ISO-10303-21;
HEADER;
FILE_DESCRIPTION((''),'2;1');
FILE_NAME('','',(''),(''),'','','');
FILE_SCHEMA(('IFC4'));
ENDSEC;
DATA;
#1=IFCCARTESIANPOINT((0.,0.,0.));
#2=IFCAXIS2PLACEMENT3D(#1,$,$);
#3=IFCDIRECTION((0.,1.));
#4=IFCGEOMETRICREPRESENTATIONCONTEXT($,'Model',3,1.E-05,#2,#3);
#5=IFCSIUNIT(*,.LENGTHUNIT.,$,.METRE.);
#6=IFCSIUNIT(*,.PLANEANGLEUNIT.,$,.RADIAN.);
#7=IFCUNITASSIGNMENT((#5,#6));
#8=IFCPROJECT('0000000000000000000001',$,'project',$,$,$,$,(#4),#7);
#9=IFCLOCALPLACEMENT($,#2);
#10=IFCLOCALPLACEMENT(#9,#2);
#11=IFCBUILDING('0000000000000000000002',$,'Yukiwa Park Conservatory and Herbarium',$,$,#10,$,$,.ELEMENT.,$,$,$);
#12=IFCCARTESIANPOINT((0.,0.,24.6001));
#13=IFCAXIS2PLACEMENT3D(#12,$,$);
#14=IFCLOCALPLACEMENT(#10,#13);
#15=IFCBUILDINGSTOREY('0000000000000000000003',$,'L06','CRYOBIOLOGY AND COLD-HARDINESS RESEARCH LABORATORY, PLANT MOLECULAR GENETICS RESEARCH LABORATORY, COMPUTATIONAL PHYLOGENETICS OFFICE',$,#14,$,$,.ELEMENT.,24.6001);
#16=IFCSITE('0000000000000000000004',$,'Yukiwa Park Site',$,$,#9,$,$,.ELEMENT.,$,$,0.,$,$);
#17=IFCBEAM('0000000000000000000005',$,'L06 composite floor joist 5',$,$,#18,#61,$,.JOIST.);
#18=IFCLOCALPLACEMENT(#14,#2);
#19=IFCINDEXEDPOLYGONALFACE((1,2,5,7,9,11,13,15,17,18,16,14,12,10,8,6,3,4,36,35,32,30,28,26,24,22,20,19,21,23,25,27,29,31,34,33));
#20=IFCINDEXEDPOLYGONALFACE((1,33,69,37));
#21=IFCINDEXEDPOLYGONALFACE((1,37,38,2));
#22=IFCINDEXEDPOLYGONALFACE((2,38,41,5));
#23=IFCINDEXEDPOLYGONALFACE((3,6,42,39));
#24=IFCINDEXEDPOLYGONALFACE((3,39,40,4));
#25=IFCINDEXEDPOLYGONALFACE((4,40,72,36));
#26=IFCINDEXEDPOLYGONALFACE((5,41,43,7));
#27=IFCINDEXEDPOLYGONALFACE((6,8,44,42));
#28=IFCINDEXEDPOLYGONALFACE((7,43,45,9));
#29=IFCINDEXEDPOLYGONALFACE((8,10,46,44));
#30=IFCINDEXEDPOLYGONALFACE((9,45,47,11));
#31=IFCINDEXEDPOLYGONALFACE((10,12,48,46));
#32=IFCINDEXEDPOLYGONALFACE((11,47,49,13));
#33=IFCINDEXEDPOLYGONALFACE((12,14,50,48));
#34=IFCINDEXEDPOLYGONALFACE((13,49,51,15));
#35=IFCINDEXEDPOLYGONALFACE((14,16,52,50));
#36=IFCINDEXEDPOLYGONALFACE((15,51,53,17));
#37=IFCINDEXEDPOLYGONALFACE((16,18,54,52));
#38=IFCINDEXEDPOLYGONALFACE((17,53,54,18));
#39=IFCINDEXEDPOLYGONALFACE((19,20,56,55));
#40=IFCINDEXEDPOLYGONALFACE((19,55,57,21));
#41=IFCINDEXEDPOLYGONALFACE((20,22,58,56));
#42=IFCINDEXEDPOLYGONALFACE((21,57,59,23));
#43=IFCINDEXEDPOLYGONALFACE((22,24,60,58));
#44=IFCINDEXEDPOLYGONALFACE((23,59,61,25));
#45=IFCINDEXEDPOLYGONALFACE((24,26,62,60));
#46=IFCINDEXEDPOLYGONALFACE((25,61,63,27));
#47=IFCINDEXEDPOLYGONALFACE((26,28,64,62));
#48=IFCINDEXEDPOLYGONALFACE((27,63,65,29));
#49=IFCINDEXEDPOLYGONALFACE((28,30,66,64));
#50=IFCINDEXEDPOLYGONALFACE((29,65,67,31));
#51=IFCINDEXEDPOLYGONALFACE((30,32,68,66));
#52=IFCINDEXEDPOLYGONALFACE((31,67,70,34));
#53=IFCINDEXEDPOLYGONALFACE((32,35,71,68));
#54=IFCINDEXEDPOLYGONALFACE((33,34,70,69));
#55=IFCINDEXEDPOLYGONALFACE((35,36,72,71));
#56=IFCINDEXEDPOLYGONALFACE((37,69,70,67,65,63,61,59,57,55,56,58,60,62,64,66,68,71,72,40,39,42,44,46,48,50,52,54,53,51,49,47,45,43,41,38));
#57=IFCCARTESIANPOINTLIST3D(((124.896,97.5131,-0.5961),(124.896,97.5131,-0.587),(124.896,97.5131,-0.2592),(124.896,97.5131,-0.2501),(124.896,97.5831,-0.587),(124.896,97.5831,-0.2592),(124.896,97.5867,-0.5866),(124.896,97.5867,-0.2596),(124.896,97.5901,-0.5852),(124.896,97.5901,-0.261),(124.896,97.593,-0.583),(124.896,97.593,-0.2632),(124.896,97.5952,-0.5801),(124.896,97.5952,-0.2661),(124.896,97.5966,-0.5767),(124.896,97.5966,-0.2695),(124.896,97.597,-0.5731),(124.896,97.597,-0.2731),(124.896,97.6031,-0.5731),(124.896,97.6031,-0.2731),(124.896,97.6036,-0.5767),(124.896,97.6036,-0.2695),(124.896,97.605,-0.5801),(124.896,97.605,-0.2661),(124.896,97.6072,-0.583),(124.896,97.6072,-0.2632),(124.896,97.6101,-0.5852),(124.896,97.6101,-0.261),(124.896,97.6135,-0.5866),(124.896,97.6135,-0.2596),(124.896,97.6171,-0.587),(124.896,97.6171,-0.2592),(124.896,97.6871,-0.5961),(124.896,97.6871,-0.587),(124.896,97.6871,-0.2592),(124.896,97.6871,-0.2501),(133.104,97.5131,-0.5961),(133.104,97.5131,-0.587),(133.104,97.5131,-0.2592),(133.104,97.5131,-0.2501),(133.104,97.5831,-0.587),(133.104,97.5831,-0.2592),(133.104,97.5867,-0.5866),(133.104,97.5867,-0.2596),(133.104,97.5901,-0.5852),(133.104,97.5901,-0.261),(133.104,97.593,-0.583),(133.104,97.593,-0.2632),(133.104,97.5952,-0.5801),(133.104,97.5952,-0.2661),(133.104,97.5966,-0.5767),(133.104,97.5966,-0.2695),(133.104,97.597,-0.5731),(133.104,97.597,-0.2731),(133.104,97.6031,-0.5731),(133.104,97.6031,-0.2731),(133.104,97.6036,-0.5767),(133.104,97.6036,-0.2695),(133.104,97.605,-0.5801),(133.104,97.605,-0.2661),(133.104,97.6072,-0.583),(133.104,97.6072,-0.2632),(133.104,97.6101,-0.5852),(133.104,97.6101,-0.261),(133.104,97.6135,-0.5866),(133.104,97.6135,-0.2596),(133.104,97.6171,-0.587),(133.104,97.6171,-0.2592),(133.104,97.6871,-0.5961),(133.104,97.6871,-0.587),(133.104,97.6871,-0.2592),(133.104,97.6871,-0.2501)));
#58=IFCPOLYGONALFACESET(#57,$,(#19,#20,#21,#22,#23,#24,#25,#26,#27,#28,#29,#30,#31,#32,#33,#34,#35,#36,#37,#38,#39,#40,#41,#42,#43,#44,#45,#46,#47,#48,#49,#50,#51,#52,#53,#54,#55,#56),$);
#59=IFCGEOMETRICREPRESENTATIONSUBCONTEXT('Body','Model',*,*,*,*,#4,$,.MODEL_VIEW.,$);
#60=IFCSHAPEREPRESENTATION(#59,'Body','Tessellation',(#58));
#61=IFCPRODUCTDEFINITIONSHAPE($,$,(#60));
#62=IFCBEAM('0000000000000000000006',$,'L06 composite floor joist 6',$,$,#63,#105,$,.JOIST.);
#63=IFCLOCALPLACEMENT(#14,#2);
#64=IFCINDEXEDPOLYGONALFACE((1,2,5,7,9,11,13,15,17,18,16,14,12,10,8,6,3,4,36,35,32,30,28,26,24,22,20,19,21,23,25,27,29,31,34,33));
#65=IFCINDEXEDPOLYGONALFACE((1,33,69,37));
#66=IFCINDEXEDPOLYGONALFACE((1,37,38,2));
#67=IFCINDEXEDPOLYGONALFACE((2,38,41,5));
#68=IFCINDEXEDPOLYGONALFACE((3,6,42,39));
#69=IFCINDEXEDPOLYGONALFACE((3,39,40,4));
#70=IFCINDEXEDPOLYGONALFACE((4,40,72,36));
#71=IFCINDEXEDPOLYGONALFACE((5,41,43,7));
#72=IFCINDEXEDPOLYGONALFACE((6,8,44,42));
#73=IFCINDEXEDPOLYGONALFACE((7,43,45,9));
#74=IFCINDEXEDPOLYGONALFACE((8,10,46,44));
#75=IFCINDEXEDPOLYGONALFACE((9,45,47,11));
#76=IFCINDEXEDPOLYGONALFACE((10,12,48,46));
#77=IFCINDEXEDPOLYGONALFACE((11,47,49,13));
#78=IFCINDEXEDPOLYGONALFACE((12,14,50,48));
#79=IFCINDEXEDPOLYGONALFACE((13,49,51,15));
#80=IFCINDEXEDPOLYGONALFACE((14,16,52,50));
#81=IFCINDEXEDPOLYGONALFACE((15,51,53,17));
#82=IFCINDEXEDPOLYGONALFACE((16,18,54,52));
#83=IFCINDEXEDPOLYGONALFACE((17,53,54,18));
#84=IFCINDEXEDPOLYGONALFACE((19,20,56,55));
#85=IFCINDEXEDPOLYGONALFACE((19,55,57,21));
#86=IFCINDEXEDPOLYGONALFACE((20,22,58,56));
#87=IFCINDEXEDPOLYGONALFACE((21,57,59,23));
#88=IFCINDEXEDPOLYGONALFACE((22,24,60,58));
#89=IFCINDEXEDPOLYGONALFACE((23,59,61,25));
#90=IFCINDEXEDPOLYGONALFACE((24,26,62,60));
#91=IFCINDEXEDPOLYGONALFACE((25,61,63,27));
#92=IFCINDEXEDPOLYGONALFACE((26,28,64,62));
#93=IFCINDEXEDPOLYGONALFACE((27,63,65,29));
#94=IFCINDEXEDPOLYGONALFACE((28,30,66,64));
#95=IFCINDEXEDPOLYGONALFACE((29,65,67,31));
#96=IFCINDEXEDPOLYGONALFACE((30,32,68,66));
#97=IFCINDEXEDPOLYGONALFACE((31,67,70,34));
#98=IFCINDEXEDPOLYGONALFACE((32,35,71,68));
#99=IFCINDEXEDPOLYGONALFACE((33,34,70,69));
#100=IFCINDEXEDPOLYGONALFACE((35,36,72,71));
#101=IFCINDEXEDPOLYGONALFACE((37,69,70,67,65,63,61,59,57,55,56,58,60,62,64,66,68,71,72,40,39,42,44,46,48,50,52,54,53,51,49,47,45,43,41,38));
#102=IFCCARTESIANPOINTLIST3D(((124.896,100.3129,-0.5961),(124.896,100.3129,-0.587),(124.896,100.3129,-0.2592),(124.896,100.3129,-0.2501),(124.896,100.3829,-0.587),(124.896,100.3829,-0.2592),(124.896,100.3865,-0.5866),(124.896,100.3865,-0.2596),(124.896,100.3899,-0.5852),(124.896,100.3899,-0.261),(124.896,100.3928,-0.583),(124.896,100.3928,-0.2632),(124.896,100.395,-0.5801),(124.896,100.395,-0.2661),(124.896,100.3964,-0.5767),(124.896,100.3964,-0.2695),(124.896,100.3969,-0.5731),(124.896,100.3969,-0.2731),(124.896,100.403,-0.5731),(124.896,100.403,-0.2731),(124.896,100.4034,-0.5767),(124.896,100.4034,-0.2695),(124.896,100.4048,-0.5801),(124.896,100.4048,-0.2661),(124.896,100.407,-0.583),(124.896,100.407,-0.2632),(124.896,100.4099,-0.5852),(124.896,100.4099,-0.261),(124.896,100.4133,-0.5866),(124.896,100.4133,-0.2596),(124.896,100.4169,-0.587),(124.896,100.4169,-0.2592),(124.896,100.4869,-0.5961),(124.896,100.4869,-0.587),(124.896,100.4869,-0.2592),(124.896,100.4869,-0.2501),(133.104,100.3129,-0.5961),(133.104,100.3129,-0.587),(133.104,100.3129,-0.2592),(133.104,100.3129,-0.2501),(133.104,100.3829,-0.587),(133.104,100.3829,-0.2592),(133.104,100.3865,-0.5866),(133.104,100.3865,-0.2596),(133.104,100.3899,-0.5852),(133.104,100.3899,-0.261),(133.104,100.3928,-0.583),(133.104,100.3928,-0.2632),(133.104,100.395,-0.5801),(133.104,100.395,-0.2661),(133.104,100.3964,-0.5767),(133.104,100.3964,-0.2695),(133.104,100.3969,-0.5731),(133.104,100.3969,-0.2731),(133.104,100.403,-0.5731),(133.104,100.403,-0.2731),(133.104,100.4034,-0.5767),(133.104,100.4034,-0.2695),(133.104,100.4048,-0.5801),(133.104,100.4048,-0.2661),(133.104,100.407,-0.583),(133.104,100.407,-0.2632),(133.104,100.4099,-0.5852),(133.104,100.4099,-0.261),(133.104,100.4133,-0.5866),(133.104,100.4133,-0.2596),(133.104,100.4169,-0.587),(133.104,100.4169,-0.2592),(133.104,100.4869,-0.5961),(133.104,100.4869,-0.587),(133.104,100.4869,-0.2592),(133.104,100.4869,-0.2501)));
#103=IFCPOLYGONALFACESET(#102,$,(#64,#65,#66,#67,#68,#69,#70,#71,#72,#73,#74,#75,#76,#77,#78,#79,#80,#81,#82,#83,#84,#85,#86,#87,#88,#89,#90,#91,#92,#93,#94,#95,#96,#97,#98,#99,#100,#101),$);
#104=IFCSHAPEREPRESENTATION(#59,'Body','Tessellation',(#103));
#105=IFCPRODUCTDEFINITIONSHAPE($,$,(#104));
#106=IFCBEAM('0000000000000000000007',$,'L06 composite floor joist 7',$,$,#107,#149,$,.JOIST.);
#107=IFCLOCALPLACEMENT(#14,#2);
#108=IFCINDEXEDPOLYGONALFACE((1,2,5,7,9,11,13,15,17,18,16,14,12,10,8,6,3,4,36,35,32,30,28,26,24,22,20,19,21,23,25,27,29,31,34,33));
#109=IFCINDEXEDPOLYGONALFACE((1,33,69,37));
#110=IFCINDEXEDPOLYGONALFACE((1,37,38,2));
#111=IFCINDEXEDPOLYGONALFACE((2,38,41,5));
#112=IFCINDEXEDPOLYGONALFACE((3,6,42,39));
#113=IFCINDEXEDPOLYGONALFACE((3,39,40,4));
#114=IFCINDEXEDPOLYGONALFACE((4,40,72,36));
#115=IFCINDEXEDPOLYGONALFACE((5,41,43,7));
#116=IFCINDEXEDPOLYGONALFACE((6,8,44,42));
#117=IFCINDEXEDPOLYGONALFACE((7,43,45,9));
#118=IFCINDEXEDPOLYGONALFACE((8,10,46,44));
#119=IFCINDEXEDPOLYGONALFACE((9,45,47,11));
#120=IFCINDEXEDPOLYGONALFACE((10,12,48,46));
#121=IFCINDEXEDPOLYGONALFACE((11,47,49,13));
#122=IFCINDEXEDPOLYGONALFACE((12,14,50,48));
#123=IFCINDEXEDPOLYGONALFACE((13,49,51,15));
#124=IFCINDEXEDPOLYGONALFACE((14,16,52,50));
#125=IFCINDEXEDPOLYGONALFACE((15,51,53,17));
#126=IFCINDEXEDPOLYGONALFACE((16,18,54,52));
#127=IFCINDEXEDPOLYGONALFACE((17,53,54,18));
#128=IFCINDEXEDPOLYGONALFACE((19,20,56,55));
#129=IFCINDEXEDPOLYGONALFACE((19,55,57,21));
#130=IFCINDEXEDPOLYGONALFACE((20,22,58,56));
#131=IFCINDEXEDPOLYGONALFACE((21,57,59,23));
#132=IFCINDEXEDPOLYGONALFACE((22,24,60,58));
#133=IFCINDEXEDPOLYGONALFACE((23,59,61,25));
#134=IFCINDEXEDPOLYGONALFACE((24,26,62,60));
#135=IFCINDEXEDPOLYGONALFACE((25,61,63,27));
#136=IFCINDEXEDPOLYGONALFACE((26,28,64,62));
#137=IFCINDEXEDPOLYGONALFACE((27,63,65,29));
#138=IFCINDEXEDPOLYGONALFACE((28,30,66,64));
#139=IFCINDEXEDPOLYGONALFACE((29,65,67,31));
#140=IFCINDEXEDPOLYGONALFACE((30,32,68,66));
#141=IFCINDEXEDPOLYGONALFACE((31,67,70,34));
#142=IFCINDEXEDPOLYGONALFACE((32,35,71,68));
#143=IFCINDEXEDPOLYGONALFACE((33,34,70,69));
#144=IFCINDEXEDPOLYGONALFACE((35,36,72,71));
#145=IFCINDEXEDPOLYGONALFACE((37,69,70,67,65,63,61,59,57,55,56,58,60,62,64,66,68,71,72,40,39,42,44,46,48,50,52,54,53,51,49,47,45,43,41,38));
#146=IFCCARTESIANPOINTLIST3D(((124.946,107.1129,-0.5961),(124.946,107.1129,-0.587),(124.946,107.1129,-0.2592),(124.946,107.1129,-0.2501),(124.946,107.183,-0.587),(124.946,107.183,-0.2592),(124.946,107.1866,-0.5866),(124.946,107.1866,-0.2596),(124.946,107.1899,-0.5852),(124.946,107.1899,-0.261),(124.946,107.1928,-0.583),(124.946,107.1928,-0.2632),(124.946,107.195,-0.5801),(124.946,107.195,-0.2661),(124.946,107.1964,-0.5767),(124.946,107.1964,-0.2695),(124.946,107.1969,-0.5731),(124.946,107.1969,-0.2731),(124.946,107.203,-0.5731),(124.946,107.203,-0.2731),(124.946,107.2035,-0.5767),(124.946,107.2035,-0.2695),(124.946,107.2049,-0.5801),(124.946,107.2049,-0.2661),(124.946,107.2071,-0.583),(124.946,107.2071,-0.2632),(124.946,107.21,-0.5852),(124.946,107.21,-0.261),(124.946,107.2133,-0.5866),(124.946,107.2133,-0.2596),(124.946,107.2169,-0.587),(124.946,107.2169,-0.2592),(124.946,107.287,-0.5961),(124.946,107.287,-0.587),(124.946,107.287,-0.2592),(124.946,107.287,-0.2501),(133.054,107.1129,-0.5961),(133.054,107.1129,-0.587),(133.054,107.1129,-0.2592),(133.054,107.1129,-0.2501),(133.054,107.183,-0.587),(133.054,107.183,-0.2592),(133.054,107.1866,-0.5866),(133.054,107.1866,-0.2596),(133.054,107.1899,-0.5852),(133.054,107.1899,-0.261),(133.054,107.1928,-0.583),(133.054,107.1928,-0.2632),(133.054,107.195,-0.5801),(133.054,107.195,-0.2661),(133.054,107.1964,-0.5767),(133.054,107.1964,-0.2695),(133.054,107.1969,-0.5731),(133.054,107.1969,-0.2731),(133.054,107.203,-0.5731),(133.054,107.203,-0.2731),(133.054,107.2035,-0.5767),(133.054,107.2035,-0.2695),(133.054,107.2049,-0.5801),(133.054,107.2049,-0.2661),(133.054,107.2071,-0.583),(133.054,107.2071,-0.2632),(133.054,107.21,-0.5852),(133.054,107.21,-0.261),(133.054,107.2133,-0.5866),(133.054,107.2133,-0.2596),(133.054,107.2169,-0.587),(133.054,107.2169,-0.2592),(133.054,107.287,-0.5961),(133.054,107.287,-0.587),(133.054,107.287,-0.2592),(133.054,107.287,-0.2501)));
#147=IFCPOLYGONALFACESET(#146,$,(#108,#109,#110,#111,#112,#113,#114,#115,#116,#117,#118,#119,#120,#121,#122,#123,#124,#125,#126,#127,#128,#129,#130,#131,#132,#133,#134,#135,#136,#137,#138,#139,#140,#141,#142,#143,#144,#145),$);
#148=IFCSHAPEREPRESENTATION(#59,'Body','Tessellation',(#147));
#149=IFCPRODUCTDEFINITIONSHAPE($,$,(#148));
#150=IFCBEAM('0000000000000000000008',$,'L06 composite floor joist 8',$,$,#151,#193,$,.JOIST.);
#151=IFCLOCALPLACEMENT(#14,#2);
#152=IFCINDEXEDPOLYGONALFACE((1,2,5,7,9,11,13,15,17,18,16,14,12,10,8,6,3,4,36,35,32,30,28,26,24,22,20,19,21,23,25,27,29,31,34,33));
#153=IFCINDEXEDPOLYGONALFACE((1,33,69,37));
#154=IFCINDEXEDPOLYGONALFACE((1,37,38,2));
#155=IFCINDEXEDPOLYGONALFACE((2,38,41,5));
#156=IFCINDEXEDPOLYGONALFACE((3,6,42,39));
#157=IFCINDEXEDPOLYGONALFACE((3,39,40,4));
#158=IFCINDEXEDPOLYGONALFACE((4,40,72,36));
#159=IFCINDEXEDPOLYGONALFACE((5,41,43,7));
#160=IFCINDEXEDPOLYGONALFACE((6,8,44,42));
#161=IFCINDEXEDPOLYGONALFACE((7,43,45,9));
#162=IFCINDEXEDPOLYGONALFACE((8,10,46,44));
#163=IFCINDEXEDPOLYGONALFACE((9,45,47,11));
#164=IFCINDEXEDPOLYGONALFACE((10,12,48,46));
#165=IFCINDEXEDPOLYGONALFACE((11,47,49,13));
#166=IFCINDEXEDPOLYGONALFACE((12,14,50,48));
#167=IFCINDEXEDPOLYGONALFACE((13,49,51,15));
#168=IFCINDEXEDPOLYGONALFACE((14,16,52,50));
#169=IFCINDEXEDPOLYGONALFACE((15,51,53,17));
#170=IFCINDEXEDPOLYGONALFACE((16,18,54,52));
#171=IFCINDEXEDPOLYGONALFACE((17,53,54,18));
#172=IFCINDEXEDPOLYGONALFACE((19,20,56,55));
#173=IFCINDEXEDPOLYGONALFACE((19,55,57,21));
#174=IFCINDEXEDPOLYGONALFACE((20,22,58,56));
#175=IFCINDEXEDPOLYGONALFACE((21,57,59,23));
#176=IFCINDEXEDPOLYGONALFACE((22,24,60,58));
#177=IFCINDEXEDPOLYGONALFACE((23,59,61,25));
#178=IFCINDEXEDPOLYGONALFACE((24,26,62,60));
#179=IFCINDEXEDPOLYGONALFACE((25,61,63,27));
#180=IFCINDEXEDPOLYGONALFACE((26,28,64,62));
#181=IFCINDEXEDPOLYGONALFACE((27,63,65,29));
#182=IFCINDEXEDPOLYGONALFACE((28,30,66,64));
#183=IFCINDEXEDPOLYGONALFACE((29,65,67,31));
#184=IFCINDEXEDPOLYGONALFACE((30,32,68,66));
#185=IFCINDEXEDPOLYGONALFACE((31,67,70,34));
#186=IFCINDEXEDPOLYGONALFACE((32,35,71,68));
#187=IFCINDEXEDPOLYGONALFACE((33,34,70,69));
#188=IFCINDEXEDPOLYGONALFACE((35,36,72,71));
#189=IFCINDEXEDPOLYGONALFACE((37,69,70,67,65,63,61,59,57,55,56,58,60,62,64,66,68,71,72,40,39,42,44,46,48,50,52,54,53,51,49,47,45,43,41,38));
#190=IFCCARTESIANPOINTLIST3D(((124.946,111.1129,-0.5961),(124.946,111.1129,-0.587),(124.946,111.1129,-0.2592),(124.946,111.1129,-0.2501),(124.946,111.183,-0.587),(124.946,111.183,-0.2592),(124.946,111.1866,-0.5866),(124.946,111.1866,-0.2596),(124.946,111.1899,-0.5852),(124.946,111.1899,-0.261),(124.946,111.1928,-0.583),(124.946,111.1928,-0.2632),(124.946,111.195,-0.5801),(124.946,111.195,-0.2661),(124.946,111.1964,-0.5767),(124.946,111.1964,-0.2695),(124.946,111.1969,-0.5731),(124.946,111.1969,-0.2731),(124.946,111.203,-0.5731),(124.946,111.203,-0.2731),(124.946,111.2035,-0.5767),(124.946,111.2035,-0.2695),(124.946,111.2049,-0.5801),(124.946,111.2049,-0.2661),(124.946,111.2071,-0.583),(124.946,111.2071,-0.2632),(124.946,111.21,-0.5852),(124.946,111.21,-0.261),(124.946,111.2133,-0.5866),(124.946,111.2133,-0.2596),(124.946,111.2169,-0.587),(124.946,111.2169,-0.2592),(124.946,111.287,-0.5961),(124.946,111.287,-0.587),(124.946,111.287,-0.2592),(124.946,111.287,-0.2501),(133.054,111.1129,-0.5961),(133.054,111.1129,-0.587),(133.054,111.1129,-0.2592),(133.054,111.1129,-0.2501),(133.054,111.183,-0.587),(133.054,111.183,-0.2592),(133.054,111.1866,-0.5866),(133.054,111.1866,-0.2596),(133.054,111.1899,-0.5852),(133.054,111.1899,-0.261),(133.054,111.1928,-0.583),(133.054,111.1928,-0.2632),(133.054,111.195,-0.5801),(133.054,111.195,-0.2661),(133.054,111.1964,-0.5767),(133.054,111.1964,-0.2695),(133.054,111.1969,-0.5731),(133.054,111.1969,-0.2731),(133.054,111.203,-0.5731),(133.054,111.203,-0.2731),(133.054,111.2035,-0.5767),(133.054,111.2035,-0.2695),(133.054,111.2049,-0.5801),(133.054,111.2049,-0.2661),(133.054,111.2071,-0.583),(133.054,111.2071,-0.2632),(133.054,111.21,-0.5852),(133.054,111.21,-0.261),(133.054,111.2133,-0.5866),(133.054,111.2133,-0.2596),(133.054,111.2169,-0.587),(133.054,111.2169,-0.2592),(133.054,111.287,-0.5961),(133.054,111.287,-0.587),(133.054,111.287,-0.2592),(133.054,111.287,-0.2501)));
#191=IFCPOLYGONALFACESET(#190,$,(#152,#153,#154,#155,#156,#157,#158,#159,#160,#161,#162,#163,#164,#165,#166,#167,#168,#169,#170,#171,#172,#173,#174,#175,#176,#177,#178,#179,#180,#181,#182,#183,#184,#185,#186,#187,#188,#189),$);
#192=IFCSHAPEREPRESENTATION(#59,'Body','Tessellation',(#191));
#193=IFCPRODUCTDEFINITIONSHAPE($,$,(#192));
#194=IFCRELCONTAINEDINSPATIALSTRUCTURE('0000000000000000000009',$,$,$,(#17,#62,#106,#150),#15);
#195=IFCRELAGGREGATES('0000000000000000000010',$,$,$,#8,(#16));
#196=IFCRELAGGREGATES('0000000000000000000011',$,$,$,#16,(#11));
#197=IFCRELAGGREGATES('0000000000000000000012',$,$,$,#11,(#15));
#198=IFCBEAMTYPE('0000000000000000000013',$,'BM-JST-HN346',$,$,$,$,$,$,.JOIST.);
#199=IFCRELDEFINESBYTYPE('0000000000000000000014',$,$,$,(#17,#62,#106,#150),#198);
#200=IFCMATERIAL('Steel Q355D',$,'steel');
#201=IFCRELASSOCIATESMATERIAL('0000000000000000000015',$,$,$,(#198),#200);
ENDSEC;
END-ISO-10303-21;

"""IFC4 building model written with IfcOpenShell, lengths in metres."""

from ifc_helpers import new_model, si_unit, direction, frame, origin, origin_2d, place, context, subcontext, project, spatial, i_section, extrude, material, material_profile, profile_set, type_object, element, save


model = new_model("IFC4")

# Units and contexts
model_context = context("Model", 3, precision=1e-05, world=origin(), true_north=direction((0.0, 1.0)))
body_context = subcontext(model_context, "Body", "Model", "MODEL_VIEW")
ifc_project = project(units=[si_unit("LENGTHUNIT", "METRE"), si_unit("PLANEANGLEUNIT", "RADIAN")], contexts=[model_context])

# Site, building, storey
site_placement = place(None, origin())
site = spatial("IfcSite", under=ifc_project, at=site_placement, Name="Yukiwa Park Site", CompositionType="ELEMENT", RefElevation=0.0)
building_placement = place(site_placement, origin())
building = spatial("IfcBuilding", under=site, at=building_placement, Name="Yukiwa Park Conservatory and Herbarium", CompositionType="ELEMENT")
storey_placement = place(building_placement, frame((0.0, 0.0, 24.6001)))
storey = spatial("IfcBuildingStorey", under=building, at=storey_placement, Name="L06", Description="CRYOBIOLOGY AND COLD-HARDINESS RESEARCH LABORATORY, PLANT MOLECULAR GENETICS RESEARCH LABORATORY, COMPUTATIONAL PHYLOGENETICS OFFICE", CompositionType="ELEMENT", Elevation=24.6001)

# Beams
ifc_material_1 = material(Name="Steel Q355D", Category="steel")
ifc_material_profile_1 = material_profile(ifc_material_1, i_section(OverallWidth=0.1741, OverallDepth=0.3459, WebThickness=0.0061, FlangeThickness=0.009, FilletRadius=0.0139, at=origin_2d()), Name="HN 346x174x6x9")
ifc_profile_set_1 = profile_set([ifc_material_profile_1], Name="Steel Q355D")
beam_type_1 = type_object("IfcBeamType", Name="BM-JST-HN346", PredefinedType="JOIST", material=ifc_profile_set_1)
for number, where, z_axis, x_axis, name in (
    (1, (124.896, 97.6001, -0.4231), (1.0, 0.0, 0.0), (0.0, 1.0, 0.0), "L06 composite floor joist 5"),
    (2, (124.896, 100.3999, -0.4231), (1.0, 0.0, 0.0), (0.0, 1.0, 0.0), "L06 composite floor joist 6"),
):
    element("IfcBeam", number, at=place(storey_placement, frame(where, z_axis=z_axis, x_axis=x_axis)), inside=storey, type_object=beam_type_1, Name=name, PredefinedType="JOIST", context=body_context, shape_type="SweptSolid", body=[
        extrude(i_section(OverallWidth=0.1741, OverallDepth=0.3459, WebThickness=0.0061, FlangeThickness=0.009, FilletRadius=0.0139, at=origin_2d()), origin(), (0.0, 0.0, 1.0), 8.208),
    ])
for number, where, z_axis, x_axis, name in (
    (3, (124.946, 107.2, -0.4231), (1.0, 0.0, 0.0), (0.0, 1.0, 0.0), "L06 composite floor joist 7"),
    (4, (124.946, 111.2, -0.4231), (1.0, 0.0, 0.0), (0.0, 1.0, 0.0), "L06 composite floor joist 8"),
):
    element("IfcBeam", number, at=place(storey_placement, frame(where, z_axis=z_axis, x_axis=x_axis)), inside=storey, type_object=beam_type_1, Name=name, PredefinedType="JOIST", context=body_context, shape_type="SweptSolid", body=[
        extrude(i_section(OverallWidth=0.1741, OverallDepth=0.3459, WebThickness=0.0061, FlangeThickness=0.009, FilletRadius=0.0139, at=origin_2d()), origin(), (0.0, 0.0, 1.0), 8.1079),
    ])

save(model, "model.ifc")
